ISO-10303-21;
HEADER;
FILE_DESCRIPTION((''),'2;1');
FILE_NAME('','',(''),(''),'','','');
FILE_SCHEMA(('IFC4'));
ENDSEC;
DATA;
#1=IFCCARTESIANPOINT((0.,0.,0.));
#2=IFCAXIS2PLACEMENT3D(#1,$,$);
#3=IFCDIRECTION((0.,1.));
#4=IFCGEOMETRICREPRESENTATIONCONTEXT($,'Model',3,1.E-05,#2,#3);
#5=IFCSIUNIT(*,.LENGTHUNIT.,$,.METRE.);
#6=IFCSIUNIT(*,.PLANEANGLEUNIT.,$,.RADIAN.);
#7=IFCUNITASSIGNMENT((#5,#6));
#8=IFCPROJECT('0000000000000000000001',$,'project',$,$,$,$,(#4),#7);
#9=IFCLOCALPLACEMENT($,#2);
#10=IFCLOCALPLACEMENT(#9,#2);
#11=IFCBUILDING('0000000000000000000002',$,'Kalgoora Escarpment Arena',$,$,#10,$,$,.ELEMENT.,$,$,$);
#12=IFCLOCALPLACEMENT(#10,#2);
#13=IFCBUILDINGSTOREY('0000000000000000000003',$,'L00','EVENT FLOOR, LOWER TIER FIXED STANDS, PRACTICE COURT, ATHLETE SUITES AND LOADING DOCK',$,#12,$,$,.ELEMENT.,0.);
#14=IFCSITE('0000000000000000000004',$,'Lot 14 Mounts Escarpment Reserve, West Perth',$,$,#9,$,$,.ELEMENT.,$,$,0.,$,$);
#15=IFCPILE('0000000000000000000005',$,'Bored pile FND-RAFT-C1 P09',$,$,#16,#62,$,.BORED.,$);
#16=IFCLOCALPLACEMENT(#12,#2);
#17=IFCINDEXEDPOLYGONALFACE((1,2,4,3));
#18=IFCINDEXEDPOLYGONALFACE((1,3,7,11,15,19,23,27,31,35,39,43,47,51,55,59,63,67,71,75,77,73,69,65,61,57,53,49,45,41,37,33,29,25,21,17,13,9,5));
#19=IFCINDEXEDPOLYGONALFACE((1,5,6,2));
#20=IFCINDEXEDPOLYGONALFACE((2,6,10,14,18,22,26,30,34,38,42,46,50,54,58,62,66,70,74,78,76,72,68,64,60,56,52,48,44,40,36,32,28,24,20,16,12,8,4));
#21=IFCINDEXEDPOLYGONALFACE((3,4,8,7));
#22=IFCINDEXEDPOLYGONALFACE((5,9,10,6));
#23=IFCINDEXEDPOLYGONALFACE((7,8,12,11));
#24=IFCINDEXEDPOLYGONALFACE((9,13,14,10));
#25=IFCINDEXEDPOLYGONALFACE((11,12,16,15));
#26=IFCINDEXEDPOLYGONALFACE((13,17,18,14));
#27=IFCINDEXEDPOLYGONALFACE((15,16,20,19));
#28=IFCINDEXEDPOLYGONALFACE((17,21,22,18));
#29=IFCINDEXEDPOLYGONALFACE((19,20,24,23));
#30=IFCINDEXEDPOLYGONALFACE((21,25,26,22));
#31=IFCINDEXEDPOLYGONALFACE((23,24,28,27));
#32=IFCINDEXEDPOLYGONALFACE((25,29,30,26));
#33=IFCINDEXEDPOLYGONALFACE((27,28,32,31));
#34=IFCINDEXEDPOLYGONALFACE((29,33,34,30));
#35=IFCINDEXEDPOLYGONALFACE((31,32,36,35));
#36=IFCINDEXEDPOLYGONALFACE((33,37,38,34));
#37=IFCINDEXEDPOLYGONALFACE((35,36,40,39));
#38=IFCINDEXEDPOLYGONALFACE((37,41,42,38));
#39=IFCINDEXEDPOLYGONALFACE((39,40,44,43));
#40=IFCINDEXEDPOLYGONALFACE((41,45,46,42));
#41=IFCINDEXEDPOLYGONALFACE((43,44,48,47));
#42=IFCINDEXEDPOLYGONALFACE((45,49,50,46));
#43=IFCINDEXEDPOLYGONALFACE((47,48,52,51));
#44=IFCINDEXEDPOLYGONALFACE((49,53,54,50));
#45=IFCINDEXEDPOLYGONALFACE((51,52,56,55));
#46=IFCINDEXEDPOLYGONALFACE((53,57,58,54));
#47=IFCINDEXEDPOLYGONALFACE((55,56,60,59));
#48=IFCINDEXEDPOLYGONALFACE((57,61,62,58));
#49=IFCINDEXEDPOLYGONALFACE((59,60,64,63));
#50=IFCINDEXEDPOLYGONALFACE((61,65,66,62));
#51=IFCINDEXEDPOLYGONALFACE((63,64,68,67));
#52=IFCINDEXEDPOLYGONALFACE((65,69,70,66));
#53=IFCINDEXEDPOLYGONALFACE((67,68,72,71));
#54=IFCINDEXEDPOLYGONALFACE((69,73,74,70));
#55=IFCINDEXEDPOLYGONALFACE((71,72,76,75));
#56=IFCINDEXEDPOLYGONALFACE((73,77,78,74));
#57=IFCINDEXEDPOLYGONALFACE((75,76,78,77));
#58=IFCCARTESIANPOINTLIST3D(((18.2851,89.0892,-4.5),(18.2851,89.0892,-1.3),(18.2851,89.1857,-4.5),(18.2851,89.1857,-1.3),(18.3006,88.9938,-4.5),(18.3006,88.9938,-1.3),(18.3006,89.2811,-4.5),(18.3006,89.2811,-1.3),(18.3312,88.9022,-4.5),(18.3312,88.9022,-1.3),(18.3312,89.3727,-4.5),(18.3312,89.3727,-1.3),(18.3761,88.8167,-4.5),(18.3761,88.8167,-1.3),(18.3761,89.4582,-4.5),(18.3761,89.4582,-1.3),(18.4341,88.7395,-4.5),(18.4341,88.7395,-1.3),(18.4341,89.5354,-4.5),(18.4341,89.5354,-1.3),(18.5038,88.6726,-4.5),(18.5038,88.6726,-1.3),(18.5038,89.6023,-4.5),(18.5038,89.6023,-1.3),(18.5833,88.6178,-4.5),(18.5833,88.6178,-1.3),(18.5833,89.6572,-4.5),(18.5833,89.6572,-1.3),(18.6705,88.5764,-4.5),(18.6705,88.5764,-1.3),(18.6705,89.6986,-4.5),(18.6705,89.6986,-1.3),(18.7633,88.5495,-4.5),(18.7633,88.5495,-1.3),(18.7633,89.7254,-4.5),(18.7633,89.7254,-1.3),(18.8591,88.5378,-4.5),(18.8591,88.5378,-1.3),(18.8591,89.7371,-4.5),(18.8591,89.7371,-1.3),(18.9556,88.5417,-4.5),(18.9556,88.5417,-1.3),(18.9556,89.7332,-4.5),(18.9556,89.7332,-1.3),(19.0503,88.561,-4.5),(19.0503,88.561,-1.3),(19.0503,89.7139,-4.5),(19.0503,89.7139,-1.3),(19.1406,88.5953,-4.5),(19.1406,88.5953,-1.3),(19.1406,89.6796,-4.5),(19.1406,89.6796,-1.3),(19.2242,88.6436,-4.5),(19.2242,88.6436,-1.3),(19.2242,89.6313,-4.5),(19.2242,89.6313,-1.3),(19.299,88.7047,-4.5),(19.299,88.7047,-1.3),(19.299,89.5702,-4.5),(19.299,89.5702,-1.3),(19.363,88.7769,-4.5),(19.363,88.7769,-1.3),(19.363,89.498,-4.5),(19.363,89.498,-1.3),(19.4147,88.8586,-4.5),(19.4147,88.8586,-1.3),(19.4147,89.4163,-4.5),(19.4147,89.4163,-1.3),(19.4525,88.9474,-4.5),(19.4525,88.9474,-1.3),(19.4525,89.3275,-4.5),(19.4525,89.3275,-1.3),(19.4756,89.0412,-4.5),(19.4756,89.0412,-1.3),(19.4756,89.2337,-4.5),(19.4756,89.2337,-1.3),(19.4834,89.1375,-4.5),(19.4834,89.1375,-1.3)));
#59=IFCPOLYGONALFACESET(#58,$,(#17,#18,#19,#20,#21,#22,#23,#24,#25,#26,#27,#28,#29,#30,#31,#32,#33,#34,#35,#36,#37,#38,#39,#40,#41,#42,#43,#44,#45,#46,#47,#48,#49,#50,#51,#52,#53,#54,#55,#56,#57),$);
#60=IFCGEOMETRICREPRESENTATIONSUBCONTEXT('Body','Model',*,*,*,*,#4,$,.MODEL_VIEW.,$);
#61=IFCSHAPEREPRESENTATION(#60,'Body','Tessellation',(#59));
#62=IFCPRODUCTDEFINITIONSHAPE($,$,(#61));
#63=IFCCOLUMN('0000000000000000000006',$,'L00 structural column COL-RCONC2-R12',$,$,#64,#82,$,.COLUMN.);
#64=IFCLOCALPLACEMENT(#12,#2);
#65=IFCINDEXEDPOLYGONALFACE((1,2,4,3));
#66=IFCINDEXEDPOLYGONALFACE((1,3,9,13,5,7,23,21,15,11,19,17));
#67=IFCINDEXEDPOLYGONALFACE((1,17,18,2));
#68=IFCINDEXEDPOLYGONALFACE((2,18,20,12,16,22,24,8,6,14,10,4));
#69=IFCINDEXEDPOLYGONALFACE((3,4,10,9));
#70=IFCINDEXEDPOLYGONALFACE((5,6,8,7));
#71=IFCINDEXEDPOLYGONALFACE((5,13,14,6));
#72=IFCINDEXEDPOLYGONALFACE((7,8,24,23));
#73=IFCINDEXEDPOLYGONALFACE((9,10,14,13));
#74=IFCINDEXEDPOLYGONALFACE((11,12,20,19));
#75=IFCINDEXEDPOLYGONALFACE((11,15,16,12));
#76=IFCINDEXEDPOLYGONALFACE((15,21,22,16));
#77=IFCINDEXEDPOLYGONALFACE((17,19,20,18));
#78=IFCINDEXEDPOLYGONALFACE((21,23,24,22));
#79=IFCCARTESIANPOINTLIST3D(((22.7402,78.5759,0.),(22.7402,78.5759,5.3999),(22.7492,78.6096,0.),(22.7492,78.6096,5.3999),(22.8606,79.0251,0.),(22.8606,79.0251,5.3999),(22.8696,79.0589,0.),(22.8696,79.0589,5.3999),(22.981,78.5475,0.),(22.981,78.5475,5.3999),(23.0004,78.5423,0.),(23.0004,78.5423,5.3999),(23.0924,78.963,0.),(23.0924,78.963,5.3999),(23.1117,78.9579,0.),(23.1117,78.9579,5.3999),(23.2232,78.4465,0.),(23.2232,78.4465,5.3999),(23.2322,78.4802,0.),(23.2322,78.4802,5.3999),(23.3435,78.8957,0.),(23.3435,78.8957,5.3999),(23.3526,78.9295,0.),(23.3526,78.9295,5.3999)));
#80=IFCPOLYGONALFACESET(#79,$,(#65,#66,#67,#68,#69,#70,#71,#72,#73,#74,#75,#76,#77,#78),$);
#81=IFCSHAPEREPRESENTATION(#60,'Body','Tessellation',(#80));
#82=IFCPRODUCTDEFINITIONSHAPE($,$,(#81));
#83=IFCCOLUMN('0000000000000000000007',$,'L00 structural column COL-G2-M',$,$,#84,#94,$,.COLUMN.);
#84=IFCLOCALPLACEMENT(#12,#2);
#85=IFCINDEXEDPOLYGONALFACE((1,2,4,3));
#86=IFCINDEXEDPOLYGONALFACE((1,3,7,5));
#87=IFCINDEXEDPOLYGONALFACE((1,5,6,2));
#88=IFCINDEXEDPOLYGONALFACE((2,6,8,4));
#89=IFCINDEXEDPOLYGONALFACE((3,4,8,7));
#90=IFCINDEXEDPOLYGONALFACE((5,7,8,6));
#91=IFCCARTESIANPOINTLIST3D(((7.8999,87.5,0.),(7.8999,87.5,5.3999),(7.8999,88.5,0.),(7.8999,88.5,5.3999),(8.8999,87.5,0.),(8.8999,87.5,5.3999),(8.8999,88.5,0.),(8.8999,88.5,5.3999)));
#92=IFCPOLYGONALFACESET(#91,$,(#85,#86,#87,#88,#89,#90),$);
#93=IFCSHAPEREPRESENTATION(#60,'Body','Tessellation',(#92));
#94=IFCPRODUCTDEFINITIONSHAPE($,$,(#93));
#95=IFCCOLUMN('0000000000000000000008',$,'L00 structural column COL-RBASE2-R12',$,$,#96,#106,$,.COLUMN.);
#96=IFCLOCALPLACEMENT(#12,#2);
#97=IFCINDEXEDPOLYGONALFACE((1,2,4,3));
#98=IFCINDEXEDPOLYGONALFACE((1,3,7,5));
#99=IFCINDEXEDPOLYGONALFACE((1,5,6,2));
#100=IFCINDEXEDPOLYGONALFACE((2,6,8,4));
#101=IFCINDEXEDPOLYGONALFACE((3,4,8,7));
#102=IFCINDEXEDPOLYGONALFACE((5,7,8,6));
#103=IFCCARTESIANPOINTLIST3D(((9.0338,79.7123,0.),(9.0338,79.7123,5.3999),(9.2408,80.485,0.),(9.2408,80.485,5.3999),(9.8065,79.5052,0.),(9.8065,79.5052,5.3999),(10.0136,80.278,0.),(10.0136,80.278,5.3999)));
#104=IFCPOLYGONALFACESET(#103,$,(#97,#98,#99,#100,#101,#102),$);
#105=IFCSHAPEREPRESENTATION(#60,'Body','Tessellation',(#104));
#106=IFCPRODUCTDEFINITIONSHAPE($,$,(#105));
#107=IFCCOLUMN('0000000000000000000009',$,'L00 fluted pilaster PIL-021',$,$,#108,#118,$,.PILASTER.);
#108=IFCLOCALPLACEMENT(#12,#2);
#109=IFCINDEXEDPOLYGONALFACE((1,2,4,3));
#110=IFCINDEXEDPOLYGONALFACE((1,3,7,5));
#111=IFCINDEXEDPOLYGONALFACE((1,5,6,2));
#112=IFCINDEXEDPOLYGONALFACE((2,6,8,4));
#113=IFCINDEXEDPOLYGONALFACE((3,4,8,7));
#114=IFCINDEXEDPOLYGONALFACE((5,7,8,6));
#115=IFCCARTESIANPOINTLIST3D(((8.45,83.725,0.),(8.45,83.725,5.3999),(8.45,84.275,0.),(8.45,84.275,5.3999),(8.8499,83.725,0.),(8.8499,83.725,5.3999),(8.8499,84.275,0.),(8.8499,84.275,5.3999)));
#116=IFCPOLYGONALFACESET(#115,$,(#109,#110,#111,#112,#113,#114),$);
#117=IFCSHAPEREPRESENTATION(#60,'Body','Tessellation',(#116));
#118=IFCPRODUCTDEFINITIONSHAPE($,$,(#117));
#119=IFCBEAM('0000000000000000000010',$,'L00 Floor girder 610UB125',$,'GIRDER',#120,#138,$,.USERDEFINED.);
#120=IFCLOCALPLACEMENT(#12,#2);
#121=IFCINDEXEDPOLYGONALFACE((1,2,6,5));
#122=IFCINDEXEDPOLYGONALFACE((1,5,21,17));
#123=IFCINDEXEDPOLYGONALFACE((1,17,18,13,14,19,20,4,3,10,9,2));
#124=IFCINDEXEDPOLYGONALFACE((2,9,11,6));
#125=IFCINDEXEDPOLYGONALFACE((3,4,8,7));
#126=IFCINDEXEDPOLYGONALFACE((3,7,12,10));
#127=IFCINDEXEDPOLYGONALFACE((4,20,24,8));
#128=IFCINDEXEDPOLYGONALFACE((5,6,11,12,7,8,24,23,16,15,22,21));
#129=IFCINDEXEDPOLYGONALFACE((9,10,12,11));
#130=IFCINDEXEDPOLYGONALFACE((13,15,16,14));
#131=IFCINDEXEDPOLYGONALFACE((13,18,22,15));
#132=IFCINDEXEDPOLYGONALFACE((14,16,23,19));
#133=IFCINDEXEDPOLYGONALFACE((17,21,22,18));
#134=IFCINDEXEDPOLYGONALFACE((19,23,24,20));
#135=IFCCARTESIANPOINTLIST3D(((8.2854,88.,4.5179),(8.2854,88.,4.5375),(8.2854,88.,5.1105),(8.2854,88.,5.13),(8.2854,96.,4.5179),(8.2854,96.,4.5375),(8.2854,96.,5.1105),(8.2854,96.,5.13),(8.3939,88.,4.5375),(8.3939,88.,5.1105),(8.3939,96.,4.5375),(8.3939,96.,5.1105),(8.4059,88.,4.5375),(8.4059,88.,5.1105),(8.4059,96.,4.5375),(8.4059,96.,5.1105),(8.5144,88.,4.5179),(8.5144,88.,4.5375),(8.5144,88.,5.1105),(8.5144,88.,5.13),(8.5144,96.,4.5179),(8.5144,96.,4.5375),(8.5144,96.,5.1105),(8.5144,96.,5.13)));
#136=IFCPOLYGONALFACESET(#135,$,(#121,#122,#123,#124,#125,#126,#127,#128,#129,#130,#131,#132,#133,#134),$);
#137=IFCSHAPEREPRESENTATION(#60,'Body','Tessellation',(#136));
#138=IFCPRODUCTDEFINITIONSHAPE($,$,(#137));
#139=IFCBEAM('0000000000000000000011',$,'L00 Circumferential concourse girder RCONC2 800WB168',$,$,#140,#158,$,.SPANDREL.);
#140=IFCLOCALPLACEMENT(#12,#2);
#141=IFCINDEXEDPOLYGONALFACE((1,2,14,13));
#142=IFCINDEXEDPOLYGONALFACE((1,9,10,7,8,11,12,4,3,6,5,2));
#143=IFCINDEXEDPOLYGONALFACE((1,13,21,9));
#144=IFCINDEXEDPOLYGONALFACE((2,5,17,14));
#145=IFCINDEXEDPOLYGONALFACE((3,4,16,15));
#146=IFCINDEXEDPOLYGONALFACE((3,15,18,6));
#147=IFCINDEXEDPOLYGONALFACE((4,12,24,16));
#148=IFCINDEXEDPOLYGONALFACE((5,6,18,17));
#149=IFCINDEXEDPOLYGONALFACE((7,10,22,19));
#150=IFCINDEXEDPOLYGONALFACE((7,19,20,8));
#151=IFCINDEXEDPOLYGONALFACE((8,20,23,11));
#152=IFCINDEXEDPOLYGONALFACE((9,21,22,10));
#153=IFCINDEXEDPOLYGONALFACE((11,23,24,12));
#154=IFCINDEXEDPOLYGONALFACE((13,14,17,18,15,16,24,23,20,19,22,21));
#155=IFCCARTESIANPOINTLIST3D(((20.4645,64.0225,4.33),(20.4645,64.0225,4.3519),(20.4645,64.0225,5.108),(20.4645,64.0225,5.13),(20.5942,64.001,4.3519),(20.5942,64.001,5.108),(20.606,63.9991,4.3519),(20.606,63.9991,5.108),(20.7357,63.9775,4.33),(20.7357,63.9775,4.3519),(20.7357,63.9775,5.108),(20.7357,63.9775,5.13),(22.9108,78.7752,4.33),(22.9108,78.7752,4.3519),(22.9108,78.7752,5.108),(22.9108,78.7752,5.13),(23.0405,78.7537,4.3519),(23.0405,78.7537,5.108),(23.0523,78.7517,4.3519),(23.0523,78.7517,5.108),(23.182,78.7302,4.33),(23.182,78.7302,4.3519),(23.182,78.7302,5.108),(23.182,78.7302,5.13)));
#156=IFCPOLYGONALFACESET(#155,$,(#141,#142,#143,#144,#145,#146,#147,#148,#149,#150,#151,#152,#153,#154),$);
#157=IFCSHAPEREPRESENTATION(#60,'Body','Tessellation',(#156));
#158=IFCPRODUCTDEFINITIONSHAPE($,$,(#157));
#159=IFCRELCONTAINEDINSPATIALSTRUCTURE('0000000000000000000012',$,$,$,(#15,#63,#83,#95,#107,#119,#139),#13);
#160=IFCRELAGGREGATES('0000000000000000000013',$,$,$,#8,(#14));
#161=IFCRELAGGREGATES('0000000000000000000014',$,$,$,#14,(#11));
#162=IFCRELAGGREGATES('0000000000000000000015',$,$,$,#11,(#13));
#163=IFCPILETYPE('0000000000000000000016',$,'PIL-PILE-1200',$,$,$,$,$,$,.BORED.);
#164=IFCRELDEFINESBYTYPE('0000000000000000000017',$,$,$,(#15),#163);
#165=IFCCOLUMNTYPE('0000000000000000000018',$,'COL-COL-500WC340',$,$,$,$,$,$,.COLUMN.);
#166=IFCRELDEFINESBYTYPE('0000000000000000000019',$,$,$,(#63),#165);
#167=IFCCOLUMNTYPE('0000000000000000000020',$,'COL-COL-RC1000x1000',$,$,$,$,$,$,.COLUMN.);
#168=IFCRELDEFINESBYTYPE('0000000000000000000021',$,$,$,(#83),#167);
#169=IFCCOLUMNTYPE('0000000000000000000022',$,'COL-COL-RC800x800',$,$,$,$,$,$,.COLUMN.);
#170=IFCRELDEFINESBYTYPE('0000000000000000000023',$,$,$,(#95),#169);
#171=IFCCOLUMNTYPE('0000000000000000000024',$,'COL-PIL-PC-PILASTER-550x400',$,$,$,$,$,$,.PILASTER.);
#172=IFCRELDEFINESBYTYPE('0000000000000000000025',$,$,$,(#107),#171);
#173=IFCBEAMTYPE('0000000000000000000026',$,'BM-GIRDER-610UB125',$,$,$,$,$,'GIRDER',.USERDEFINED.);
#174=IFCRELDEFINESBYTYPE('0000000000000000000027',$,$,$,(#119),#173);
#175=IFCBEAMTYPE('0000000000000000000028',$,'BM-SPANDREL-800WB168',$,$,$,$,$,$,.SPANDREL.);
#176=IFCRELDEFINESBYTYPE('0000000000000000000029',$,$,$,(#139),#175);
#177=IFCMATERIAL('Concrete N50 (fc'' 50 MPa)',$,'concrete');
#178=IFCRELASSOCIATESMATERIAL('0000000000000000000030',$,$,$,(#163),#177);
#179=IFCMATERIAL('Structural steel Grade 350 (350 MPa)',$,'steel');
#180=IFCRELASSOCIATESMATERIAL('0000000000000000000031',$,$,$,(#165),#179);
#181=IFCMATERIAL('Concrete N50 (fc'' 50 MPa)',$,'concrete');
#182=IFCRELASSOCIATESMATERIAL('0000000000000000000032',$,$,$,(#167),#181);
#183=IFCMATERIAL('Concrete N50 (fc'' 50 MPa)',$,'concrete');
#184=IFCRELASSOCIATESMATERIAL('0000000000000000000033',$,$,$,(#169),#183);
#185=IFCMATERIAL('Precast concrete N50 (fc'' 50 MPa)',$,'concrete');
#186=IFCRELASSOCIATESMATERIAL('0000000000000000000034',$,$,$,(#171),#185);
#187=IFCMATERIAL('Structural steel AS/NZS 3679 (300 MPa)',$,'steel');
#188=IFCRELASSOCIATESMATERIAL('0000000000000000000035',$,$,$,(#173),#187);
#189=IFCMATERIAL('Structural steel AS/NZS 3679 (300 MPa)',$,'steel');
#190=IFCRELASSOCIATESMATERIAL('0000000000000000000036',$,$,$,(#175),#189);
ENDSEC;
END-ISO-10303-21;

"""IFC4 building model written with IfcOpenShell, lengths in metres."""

from ifc_helpers import new_model, si_unit, direction, frame, origin, origin_2d, place, context, subcontext, project, spatial, rectangle, circle, i_section, extrude, material, material_profile, profile_set, type_object, element, save


model = new_model("IFC4")

# Units and contexts
model_context = context("Model", 3, precision=1e-05, world=origin(), true_north=direction((0.0, 1.0)))
body_context = subcontext(model_context, "Body", "Model", "MODEL_VIEW")
ifc_project = project(units=[si_unit("LENGTHUNIT", "METRE"), si_unit("PLANEANGLEUNIT", "RADIAN")], contexts=[model_context])

# Site, building, storey
site_placement = place(None, origin())
site = spatial("IfcSite", under=ifc_project, at=site_placement, Name="Lot 14 Mounts Escarpment Reserve, West Perth", CompositionType="ELEMENT", RefElevation=0.0)
building_placement = place(site_placement, origin())
building = spatial("IfcBuilding", under=site, at=building_placement, Name="Kalgoora Escarpment Arena", CompositionType="ELEMENT")
storey_placement = place(building_placement, origin())
storey = spatial("IfcBuildingStorey", under=building, at=storey_placement, Name="L00", Description="EVENT FLOOR, LOWER TIER FIXED STANDS, PRACTICE COURT, ATHLETE SUITES AND LOADING DOCK", CompositionType="ELEMENT", Elevation=0.0)

# Pile
ifc_material_1 = material(Name="Concrete N50 (fc' 50 MPa)", Category="concrete")
ifc_material_profile_1 = material_profile(ifc_material_1, circle(Radius=0.6001, at=origin_2d()))
ifc_profile_set_1 = profile_set([ifc_material_profile_1], Name="Concrete N50 (fc' 50 MPa)")
pile_type = type_object("IfcPileType", Name="PIL-PILE-1200", PredefinedType="BORED", material=ifc_profile_set_1)
for number, where, z_axis, x_axis, name in (
    (1, (18.8833, 89.1375, -1.3), (0.0, 0.0, -1.0), (1.0, 0.0, 0.0), "Bored pile FND-RAFT-C1 P09"),
):
    element("IfcPile", number, at=place(storey_placement, frame(where, z_axis=z_axis, x_axis=x_axis)), inside=storey, type_object=pile_type, Name=name, PredefinedType="BORED", context=body_context, shape_type="SweptSolid", body=[
        extrude(circle(Radius=0.6001, at=origin_2d()), origin(), (0.0, 0.0, 1.0), 3.2),
    ])

# Columns
ifc_material_2 = material(Name="Structural steel Grade 350 (350 MPa)", Category="steel")
ifc_material_profile_2 = material_profile(ifc_material_2, i_section(OverallWidth=0.5, OverallDepth=0.5, WebThickness=0.02, FlangeThickness=0.0349, at=origin_2d()))
ifc_profile_set_2 = profile_set([ifc_material_profile_2], Name="Structural steel Grade 350 (350 MPa)")
column_type_1 = type_object("IfcColumnType", Name="COL-COL-500WC340", PredefinedType="COLUMN", material=ifc_profile_set_2)
column_1_placement = place(storey_placement, frame((23.0464, 78.7527, 0.0), z_axis=(0.0, 0.0, 1.0), x_axis=(-0.965926, 0.258819, 0.0)))
element("IfcColumn", 2, at=column_1_placement, inside=storey, type_object=column_type_1, Name="L00 structural column COL-RCONC2-R12", PredefinedType="COLUMN", context=body_context, shape_type="SweptSolid", body=[
    extrude(i_section(OverallWidth=0.5, OverallDepth=0.5, WebThickness=0.02, FlangeThickness=0.0349, at=origin_2d()), origin(), (0.0, 0.0, 1.0), 5.3999),
])
ifc_material_3 = material(Name="Concrete N50 (fc' 50 MPa)", Category="concrete")
ifc_material_profile_3 = material_profile(ifc_material_3, rectangle(XDim=1.0, YDim=1.0, at=origin_2d()))
ifc_profile_set_3 = profile_set([ifc_material_profile_3], Name="Concrete N50 (fc' 50 MPa)")
column_type_2 = type_object("IfcColumnType", Name="COL-COL-RC1000x1000", PredefinedType="COLUMN", material=ifc_profile_set_3)
column_2_placement = place(storey_placement, frame((8.3999, 88.0, 0.0), z_axis=(0.0, 0.0, 1.0), x_axis=(1.0, 0.0, 0.0)))
element("IfcColumn", 3, at=column_2_placement, inside=storey, type_object=column_type_2, Name="L00 structural column COL-G2-M", PredefinedType="COLUMN", context=body_context, shape_type="SweptSolid", body=[
    extrude(rectangle(XDim=1.0, YDim=1.0, at=origin_2d()), origin(), (0.0, 0.0, 1.0), 5.3999),
])
ifc_material_4 = material(Name="Concrete N50 (fc' 50 MPa)", Category="concrete")
ifc_material_profile_4 = material_profile(ifc_material_4, rectangle(XDim=0.8, YDim=0.8, at=origin_2d()))
ifc_profile_set_4 = profile_set([ifc_material_profile_4], Name="Concrete N50 (fc' 50 MPa)")
column_type_3 = type_object("IfcColumnType", Name="COL-COL-RC800x800", PredefinedType="COLUMN", material=ifc_profile_set_4)
column_3_placement = place(storey_placement, frame((9.5237, 79.9951, 0.0), z_axis=(0.0, 0.0, 1.0), x_axis=(-0.965926, 0.258819, 0.0)))
element("IfcColumn", 4, at=column_3_placement, inside=storey, type_object=column_type_3, Name="L00 structural column COL-RBASE2-R12", PredefinedType="COLUMN", context=body_context, shape_type="SweptSolid", body=[
    extrude(rectangle(XDim=0.8, YDim=0.8, at=origin_2d()), origin(), (0.0, 0.0, 1.0), 5.3999),
])
ifc_material_5 = material(Name="Precast concrete N50 (fc' 50 MPa)", Category="concrete")
ifc_material_profile_5 = material_profile(ifc_material_5, rectangle(XDim=0.3999, YDim=0.55, at=origin_2d()))
ifc_profile_set_5 = profile_set([ifc_material_profile_5], Name="Precast concrete N50 (fc' 50 MPa)")
column_type_4 = type_object("IfcColumnType", Name="COL-PIL-PC-PILASTER-550x400", PredefinedType="PILASTER", material=ifc_profile_set_5)
column_4_placement = place(storey_placement, frame((8.6499, 84.0, 0.0), z_axis=(0.0, 0.0, 1.0), x_axis=(1.0, 0.0, 0.0)))
element("IfcColumn", 5, at=column_4_placement, inside=storey, type_object=column_type_4, Name="L00 fluted pilaster PIL-021", PredefinedType="PILASTER", context=body_context, shape_type="SweptSolid", body=[
    extrude(rectangle(XDim=0.3999, YDim=0.55, at=origin_2d()), origin(), (0.0, 0.0, 1.0), 5.3999),
])

# Beams
ifc_material_6 = material(Name="Structural steel AS/NZS 3679 (300 MPa)", Category="steel")
ifc_material_profile_6 = material_profile(ifc_material_6, i_section(OverallWidth=0.229, OverallDepth=0.6121, WebThickness=0.012, FlangeThickness=0.0195, at=origin_2d()))
ifc_profile_set_6 = profile_set([ifc_material_profile_6], Name="Structural steel AS/NZS 3679 (300 MPa)")
beam_type_1 = type_object("IfcBeamType", Name="BM-GIRDER-610UB125", ElementType="GIRDER", PredefinedType="USERDEFINED", material=ifc_profile_set_6)
beam_1_placement = place(storey_placement, frame((8.3999, 88.0, 4.824), z_axis=(0.0, 1.0, 0.0), x_axis=(-1.0, 0.0, 0.0)))
element("IfcBeam", 6, at=beam_1_placement, inside=storey, type_object=beam_type_1, Name="L00 Floor girder 610UB125", ObjectType="GIRDER", PredefinedType="USERDEFINED", context=body_context, shape_type="SweptSolid", body=[
    extrude(i_section(OverallWidth=0.229, OverallDepth=0.6121, WebThickness=0.012, FlangeThickness=0.0195, at=origin_2d()), origin(), (0.0, 0.0, 1.0), 8.0),
])
ifc_material_7 = material(Name="Structural steel AS/NZS 3679 (300 MPa)", Category="steel")
ifc_material_profile_7 = material_profile(ifc_material_7, i_section(OverallWidth=0.2749, OverallDepth=0.8, WebThickness=0.012, FlangeThickness=0.022, at=origin_2d()))
ifc_profile_set_7 = profile_set([ifc_material_profile_7], Name="Structural steel AS/NZS 3679 (300 MPa)")
beam_type_2 = type_object("IfcBeamType", Name="BM-SPANDREL-800WB168", PredefinedType="SPANDREL", material=ifc_profile_set_7)
beam_2_placement = place(storey_placement, frame((23.0464, 78.7527, 4.73), z_axis=(-0.163586, -0.986529, 0.0), x_axis=(0.986529, -0.163586, 0.0)))
element("IfcBeam", 7, at=beam_2_placement, inside=storey, type_object=beam_type_2, Name="L00 Circumferential concourse girder RCONC2 800WB168", PredefinedType="SPANDREL", context=body_context, shape_type="SweptSolid", body=[
    extrude(i_section(OverallWidth=0.2749, OverallDepth=0.8, WebThickness=0.012, FlangeThickness=0.022, at=origin_2d()), origin(), (0.0, 0.0, 1.0), 14.9541),
])

save(model, "model.ifc")
